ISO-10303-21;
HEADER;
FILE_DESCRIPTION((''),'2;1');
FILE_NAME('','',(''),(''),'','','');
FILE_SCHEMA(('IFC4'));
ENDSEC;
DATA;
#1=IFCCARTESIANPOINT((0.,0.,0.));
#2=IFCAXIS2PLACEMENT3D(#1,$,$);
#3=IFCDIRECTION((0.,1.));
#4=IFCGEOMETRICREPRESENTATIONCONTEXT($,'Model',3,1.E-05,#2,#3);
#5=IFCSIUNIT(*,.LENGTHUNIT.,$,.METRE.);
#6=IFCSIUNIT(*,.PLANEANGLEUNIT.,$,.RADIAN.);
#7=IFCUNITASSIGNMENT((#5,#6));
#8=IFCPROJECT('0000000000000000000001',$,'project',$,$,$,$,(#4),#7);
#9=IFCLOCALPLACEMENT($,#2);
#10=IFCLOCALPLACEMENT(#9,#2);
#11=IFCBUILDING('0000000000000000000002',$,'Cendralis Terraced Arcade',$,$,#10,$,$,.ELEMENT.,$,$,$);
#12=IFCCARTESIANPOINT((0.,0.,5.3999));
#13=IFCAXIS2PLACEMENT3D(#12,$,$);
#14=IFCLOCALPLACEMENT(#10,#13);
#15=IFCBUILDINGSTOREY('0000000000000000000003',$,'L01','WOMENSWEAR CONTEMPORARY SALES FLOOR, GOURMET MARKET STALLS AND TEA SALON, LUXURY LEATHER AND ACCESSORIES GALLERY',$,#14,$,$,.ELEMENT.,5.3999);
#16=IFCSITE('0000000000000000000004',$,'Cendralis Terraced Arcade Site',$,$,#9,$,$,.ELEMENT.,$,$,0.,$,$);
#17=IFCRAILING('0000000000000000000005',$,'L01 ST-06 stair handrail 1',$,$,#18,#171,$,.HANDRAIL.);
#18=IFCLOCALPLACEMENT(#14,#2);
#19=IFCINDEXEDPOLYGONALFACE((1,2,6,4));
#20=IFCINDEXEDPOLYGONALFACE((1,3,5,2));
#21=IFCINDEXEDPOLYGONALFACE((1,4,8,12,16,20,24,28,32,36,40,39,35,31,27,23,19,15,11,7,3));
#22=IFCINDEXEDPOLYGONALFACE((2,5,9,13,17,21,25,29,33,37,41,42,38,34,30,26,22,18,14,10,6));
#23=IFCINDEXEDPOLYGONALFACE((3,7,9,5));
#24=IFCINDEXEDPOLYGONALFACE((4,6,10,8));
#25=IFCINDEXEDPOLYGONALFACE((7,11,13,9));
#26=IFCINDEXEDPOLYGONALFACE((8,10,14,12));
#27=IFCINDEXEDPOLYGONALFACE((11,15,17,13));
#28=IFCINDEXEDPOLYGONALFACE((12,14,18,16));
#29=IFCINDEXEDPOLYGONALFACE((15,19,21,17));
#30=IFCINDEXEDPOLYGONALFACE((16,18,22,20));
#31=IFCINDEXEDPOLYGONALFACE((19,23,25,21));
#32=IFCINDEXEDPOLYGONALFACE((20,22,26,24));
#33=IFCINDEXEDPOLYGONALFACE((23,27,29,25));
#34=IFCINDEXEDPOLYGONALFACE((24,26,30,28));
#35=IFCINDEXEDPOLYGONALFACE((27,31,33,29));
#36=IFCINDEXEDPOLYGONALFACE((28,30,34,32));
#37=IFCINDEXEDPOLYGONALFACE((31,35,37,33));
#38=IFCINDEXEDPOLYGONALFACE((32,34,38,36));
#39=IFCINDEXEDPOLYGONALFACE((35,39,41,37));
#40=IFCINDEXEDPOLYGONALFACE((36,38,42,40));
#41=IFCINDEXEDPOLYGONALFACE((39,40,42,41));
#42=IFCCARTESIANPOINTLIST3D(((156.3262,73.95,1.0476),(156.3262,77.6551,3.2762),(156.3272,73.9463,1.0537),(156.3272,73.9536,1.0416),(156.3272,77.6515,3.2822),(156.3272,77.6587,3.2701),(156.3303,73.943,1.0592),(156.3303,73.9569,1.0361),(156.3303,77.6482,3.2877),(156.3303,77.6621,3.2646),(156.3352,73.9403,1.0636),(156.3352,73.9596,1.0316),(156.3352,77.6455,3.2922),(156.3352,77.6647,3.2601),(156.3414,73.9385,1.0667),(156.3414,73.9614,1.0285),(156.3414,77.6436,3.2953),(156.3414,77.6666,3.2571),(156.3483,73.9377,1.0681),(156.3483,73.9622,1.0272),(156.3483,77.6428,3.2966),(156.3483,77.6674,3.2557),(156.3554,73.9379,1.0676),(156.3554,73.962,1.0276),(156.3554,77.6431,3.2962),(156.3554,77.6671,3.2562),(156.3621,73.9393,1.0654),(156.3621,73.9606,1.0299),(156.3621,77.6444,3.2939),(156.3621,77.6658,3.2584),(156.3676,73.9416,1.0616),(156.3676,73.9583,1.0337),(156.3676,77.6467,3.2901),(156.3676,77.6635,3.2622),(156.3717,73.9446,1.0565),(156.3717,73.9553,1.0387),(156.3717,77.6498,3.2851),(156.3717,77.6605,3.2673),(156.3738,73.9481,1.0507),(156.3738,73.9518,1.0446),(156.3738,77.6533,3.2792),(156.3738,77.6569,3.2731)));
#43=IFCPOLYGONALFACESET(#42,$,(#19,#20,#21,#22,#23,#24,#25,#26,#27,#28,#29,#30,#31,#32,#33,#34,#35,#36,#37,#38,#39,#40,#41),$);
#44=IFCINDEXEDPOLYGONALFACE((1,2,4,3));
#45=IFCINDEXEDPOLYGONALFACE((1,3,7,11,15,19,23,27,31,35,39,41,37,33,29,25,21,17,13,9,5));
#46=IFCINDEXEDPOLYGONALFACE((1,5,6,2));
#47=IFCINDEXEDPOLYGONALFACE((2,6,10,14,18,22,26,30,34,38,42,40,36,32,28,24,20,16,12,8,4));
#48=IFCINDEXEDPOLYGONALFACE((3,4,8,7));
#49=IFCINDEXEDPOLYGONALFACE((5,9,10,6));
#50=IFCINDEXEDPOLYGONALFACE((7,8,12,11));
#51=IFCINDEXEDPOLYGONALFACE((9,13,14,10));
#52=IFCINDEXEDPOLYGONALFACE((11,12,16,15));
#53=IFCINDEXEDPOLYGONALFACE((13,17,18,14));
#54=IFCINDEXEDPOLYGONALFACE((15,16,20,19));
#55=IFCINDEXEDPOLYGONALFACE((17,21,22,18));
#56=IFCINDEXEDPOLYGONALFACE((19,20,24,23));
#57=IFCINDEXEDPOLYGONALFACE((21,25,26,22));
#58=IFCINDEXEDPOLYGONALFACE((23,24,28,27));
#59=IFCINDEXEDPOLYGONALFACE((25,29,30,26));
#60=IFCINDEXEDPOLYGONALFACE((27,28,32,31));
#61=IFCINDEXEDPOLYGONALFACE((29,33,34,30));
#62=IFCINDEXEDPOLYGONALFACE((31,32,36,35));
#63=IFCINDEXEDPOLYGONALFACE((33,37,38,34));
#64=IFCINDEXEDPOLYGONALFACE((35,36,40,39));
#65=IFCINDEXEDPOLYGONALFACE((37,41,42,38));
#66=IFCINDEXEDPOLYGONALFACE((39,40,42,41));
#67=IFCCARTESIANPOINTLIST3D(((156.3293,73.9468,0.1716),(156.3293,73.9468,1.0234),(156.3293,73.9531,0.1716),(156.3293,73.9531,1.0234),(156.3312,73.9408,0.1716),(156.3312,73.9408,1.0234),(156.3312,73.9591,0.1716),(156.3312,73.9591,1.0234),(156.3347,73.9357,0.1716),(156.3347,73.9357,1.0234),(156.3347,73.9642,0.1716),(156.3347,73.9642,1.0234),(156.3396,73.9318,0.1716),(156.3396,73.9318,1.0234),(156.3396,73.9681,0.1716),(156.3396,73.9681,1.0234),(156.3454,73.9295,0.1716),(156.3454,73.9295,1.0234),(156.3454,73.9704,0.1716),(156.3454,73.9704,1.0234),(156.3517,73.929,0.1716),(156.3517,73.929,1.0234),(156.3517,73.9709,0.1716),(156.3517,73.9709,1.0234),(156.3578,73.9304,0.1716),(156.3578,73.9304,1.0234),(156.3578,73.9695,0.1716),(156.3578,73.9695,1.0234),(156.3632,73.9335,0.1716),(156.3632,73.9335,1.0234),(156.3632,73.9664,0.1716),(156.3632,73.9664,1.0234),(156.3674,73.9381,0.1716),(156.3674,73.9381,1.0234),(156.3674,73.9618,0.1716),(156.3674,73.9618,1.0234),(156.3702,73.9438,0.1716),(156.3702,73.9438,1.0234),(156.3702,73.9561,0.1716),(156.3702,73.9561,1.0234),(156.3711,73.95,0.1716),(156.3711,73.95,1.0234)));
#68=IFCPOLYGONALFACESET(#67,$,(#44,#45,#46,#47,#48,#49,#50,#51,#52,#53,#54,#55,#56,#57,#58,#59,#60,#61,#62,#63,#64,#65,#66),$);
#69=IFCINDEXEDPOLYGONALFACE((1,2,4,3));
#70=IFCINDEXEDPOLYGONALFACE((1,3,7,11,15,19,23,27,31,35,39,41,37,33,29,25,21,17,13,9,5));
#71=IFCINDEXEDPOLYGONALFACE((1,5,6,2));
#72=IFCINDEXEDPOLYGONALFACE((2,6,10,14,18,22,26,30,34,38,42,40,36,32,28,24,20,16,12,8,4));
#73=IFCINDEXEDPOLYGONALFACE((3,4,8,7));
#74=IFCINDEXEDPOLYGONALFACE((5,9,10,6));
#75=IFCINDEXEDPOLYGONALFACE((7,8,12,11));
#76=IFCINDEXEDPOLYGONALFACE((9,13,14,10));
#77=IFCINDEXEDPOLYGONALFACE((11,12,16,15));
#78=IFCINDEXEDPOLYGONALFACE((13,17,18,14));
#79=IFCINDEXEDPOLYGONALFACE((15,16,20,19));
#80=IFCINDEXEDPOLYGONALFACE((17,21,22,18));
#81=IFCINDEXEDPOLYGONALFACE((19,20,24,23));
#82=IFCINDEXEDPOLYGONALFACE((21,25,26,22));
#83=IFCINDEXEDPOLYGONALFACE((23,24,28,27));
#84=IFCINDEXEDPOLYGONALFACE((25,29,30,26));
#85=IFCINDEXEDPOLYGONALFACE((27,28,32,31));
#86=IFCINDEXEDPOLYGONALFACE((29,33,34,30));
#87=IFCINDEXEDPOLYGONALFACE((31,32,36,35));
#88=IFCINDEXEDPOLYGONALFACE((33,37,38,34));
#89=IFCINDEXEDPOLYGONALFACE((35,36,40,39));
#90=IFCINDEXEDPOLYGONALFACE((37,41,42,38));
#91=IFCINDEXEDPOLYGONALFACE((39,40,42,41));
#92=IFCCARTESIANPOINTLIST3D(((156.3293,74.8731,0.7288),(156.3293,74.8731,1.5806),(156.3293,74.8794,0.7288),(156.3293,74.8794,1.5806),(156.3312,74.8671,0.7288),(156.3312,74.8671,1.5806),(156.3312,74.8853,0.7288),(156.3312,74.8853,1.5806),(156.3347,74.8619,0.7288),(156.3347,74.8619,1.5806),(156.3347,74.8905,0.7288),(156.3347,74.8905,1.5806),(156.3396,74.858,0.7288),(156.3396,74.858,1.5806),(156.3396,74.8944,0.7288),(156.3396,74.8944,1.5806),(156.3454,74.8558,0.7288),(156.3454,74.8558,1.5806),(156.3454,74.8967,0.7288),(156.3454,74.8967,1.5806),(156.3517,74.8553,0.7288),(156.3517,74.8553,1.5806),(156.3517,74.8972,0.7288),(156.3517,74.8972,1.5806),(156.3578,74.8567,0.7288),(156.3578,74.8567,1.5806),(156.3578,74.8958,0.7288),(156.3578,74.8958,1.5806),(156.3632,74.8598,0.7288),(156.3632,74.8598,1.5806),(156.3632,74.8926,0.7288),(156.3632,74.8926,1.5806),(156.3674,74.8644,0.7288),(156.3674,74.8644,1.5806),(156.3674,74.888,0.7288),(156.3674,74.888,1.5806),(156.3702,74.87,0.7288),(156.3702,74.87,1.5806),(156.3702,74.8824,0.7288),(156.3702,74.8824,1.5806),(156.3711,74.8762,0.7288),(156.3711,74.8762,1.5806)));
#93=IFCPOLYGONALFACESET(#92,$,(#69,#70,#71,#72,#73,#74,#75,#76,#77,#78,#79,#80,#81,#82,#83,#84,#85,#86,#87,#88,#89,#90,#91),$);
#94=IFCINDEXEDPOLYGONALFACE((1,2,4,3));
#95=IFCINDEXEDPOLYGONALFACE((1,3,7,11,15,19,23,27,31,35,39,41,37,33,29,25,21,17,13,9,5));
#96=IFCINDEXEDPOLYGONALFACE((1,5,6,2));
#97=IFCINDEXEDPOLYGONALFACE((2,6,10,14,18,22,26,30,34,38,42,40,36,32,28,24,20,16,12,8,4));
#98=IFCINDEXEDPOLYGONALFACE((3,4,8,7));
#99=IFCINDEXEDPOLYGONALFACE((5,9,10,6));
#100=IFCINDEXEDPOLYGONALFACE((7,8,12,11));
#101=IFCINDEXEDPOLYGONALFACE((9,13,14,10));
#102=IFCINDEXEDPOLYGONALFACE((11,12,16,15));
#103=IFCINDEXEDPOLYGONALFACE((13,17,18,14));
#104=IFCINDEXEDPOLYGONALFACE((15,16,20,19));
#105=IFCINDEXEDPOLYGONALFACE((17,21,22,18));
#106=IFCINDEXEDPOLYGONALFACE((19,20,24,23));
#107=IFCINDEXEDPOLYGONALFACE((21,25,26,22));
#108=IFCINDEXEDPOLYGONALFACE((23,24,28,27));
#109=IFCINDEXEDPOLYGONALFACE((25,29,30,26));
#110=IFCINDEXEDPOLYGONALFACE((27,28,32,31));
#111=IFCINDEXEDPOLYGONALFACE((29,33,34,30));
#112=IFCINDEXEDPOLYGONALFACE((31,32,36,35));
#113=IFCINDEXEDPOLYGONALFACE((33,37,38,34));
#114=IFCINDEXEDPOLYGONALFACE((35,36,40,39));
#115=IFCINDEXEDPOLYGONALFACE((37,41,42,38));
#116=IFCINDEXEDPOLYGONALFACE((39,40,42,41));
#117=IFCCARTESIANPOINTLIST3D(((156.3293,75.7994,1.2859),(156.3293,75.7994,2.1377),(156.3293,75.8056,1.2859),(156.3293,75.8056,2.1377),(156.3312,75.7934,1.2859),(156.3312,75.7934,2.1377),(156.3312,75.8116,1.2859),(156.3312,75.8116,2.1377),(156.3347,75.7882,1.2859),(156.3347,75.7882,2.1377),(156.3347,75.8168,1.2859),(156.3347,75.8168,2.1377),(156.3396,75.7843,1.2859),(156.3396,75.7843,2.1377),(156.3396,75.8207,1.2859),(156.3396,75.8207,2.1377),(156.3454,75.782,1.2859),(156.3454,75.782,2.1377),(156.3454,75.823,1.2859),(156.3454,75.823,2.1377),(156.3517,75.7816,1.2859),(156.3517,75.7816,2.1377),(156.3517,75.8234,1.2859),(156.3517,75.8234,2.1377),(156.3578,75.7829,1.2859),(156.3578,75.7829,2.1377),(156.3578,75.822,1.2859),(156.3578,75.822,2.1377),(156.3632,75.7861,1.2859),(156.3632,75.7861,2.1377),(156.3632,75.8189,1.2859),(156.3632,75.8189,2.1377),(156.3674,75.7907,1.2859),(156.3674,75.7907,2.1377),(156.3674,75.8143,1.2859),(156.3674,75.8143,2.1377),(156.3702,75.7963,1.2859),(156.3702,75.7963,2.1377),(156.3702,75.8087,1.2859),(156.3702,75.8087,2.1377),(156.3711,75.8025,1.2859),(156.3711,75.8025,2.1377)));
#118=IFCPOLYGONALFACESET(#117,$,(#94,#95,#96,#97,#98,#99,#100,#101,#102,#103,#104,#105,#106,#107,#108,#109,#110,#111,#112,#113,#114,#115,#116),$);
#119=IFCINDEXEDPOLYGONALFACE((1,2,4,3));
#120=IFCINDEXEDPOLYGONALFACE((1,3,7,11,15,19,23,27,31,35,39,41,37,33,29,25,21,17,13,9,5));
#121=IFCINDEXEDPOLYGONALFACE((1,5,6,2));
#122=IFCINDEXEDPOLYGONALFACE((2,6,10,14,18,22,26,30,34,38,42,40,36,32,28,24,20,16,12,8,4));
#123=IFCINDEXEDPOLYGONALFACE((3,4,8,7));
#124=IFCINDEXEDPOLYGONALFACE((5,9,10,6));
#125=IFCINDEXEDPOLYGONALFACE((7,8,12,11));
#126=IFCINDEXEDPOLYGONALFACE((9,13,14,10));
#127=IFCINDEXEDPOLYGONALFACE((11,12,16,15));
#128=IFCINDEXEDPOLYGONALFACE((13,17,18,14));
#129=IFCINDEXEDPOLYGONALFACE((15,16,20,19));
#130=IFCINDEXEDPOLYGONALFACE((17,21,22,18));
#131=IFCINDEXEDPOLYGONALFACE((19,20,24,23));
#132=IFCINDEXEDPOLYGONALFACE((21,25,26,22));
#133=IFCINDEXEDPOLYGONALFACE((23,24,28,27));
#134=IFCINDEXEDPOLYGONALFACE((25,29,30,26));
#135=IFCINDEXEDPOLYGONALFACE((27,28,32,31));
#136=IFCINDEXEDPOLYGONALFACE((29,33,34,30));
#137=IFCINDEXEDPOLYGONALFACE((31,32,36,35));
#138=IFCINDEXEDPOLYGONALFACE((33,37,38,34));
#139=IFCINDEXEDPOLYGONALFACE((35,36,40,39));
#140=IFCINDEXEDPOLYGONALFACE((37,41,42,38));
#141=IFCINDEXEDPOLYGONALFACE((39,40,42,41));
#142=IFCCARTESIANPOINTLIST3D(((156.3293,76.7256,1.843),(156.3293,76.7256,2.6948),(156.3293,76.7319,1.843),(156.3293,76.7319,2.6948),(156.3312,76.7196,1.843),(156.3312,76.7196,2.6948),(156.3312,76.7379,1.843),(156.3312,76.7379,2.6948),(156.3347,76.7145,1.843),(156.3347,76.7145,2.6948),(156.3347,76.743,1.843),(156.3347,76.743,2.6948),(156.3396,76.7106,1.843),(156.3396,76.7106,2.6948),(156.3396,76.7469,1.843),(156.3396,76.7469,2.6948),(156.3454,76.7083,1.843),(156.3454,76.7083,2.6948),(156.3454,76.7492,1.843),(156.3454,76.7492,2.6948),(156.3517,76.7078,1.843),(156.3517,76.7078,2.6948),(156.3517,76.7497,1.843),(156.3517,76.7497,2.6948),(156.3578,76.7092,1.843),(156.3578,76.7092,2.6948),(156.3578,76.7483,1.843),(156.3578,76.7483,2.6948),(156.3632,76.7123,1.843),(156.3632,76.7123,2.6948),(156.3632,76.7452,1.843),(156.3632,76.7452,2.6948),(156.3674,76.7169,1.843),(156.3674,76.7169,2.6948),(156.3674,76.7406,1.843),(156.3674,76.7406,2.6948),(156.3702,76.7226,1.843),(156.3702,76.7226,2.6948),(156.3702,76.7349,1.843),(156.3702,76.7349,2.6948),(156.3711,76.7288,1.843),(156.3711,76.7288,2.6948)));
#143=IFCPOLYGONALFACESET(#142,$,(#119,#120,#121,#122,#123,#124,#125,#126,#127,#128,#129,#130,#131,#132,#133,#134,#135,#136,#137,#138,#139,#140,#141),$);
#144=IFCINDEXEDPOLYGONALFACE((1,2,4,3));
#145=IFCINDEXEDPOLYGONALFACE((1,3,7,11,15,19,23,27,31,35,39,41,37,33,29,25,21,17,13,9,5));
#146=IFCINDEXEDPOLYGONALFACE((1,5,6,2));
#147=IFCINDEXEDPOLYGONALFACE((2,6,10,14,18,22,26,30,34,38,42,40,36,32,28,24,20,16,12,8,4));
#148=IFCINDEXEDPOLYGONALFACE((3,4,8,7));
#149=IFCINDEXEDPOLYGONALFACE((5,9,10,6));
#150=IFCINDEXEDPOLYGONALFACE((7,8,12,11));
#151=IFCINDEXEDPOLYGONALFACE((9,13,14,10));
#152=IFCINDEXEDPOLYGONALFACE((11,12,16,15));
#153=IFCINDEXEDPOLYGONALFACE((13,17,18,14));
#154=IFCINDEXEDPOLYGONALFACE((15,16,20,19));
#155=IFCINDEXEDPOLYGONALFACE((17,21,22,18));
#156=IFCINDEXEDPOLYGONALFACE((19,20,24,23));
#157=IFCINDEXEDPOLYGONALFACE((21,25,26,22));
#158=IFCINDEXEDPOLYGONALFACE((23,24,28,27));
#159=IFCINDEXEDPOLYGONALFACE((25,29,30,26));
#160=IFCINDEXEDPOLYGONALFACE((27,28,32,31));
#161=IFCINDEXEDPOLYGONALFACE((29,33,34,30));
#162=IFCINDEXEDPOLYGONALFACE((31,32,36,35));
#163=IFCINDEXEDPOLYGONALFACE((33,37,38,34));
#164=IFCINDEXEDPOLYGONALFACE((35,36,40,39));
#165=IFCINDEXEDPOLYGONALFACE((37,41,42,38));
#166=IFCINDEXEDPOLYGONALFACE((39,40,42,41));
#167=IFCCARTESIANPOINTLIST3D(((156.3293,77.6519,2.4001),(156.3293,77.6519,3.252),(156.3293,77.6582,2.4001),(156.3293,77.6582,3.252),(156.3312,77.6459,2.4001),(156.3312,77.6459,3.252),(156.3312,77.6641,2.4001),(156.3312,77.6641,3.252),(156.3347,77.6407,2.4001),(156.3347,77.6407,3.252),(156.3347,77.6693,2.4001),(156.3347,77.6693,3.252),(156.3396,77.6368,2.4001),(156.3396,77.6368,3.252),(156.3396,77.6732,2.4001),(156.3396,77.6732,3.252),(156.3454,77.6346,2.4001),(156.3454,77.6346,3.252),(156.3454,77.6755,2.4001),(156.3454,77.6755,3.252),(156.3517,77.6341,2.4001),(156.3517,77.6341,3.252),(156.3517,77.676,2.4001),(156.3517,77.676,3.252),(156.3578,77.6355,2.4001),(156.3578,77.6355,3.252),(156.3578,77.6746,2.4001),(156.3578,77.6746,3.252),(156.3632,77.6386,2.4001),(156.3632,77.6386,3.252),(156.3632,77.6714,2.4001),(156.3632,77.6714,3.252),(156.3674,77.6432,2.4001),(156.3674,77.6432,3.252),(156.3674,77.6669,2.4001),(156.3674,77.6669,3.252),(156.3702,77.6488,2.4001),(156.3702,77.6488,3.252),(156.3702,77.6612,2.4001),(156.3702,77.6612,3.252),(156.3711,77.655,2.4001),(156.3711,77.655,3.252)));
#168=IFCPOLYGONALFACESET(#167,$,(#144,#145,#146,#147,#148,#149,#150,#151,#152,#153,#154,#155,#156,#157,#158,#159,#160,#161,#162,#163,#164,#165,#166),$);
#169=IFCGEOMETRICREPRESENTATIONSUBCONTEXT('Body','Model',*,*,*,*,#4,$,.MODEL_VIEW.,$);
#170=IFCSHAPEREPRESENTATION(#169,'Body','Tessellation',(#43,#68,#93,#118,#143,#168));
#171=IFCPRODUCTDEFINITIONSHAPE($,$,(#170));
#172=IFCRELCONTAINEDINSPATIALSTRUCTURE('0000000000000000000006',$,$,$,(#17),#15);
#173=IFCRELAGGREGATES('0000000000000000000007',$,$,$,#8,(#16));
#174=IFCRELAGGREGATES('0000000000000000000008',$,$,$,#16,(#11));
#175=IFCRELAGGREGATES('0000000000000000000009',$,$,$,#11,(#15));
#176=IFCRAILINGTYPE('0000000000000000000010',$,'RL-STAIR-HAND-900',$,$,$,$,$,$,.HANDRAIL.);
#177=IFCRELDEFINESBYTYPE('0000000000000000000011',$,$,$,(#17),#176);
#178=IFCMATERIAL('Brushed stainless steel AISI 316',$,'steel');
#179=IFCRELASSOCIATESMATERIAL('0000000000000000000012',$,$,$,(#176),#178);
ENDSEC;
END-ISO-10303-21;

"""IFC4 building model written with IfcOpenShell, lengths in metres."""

from ifc_helpers import new_model, si_unit, direction, frame, origin, origin_2d, place, context, subcontext, project, spatial, circle, extrude, material, type_object, element, save


model = new_model("IFC4")

# Units and contexts
model_context = context("Model", 3, precision=1e-05, world=origin(), true_north=direction((0.0, 1.0)))
body_context = subcontext(model_context, "Body", "Model", "MODEL_VIEW")
ifc_project = project(units=[si_unit("LENGTHUNIT", "METRE"), si_unit("PLANEANGLEUNIT", "RADIAN")], contexts=[model_context])

# Site, building, storey
site_placement = place(None, origin())
site = spatial("IfcSite", under=ifc_project, at=site_placement, Name="Cendralis Terraced Arcade Site", CompositionType="ELEMENT", RefElevation=0.0)
building_placement = place(site_placement, origin())
building = spatial("IfcBuilding", under=site, at=building_placement, Name="Cendralis Terraced Arcade", CompositionType="ELEMENT")
storey_placement = place(building_placement, frame((0.0, 0.0, 5.3999)))
storey = spatial("IfcBuildingStorey", under=building, at=storey_placement, Name="L01", Description="WOMENSWEAR CONTEMPORARY SALES FLOOR, GOURMET MARKET STALLS AND TEA SALON, LUXURY LEATHER AND ACCESSORIES GALLERY", CompositionType="ELEMENT", Elevation=5.3999)

# Railing
ifc_material_1 = material(Name="Brushed stainless steel AISI 316", Category="steel")
railing_type_1 = type_object("IfcRailingType", Name="RL-STAIR-HAND-900", PredefinedType="HANDRAIL", material=ifc_material_1)
railing_1_placement = place(storey_placement, frame((156.3501, 73.95, 0.1716)))
element("IfcRailing", 1, at=railing_1_placement, inside=storey, type_object=railing_type_1, Name="L01 ST-06 stair handrail 1", PredefinedType="HANDRAIL", context=body_context, shape_type="SweptSolid", body=[
    extrude(circle(Radius=0.0239, at=origin_2d()), frame((0.0, 0.0, 0.876), z_axis=(0.0, 0.856934, 0.515425), x_axis=(-1.0, 0.0, 0.0)), (0.0, 0.0, 1.0), 4.3237),
    extrude(circle(Radius=0.021, at=origin_2d()), origin(), (0.0, 0.0, 1.0), 0.8518),
    extrude(circle(Radius=0.021, at=origin_2d()), frame((0.0, 0.9263, 0.5571)), (0.0, 0.0, 1.0), 0.8518),
    extrude(circle(Radius=0.021, at=origin_2d()), frame((0.0, 1.8525, 1.1143)), (0.0, 0.0, 1.0), 0.8518),
    extrude(circle(Radius=0.021, at=origin_2d()), frame((0.0, 2.7788, 1.6714)), (0.0, 0.0, 1.0), 0.8518),
    extrude(circle(Radius=0.021, at=origin_2d()), frame((0.0, 3.7051, 2.2285)), (0.0, 0.0, 1.0), 0.8518),
])

save(model, "model.ifc")
